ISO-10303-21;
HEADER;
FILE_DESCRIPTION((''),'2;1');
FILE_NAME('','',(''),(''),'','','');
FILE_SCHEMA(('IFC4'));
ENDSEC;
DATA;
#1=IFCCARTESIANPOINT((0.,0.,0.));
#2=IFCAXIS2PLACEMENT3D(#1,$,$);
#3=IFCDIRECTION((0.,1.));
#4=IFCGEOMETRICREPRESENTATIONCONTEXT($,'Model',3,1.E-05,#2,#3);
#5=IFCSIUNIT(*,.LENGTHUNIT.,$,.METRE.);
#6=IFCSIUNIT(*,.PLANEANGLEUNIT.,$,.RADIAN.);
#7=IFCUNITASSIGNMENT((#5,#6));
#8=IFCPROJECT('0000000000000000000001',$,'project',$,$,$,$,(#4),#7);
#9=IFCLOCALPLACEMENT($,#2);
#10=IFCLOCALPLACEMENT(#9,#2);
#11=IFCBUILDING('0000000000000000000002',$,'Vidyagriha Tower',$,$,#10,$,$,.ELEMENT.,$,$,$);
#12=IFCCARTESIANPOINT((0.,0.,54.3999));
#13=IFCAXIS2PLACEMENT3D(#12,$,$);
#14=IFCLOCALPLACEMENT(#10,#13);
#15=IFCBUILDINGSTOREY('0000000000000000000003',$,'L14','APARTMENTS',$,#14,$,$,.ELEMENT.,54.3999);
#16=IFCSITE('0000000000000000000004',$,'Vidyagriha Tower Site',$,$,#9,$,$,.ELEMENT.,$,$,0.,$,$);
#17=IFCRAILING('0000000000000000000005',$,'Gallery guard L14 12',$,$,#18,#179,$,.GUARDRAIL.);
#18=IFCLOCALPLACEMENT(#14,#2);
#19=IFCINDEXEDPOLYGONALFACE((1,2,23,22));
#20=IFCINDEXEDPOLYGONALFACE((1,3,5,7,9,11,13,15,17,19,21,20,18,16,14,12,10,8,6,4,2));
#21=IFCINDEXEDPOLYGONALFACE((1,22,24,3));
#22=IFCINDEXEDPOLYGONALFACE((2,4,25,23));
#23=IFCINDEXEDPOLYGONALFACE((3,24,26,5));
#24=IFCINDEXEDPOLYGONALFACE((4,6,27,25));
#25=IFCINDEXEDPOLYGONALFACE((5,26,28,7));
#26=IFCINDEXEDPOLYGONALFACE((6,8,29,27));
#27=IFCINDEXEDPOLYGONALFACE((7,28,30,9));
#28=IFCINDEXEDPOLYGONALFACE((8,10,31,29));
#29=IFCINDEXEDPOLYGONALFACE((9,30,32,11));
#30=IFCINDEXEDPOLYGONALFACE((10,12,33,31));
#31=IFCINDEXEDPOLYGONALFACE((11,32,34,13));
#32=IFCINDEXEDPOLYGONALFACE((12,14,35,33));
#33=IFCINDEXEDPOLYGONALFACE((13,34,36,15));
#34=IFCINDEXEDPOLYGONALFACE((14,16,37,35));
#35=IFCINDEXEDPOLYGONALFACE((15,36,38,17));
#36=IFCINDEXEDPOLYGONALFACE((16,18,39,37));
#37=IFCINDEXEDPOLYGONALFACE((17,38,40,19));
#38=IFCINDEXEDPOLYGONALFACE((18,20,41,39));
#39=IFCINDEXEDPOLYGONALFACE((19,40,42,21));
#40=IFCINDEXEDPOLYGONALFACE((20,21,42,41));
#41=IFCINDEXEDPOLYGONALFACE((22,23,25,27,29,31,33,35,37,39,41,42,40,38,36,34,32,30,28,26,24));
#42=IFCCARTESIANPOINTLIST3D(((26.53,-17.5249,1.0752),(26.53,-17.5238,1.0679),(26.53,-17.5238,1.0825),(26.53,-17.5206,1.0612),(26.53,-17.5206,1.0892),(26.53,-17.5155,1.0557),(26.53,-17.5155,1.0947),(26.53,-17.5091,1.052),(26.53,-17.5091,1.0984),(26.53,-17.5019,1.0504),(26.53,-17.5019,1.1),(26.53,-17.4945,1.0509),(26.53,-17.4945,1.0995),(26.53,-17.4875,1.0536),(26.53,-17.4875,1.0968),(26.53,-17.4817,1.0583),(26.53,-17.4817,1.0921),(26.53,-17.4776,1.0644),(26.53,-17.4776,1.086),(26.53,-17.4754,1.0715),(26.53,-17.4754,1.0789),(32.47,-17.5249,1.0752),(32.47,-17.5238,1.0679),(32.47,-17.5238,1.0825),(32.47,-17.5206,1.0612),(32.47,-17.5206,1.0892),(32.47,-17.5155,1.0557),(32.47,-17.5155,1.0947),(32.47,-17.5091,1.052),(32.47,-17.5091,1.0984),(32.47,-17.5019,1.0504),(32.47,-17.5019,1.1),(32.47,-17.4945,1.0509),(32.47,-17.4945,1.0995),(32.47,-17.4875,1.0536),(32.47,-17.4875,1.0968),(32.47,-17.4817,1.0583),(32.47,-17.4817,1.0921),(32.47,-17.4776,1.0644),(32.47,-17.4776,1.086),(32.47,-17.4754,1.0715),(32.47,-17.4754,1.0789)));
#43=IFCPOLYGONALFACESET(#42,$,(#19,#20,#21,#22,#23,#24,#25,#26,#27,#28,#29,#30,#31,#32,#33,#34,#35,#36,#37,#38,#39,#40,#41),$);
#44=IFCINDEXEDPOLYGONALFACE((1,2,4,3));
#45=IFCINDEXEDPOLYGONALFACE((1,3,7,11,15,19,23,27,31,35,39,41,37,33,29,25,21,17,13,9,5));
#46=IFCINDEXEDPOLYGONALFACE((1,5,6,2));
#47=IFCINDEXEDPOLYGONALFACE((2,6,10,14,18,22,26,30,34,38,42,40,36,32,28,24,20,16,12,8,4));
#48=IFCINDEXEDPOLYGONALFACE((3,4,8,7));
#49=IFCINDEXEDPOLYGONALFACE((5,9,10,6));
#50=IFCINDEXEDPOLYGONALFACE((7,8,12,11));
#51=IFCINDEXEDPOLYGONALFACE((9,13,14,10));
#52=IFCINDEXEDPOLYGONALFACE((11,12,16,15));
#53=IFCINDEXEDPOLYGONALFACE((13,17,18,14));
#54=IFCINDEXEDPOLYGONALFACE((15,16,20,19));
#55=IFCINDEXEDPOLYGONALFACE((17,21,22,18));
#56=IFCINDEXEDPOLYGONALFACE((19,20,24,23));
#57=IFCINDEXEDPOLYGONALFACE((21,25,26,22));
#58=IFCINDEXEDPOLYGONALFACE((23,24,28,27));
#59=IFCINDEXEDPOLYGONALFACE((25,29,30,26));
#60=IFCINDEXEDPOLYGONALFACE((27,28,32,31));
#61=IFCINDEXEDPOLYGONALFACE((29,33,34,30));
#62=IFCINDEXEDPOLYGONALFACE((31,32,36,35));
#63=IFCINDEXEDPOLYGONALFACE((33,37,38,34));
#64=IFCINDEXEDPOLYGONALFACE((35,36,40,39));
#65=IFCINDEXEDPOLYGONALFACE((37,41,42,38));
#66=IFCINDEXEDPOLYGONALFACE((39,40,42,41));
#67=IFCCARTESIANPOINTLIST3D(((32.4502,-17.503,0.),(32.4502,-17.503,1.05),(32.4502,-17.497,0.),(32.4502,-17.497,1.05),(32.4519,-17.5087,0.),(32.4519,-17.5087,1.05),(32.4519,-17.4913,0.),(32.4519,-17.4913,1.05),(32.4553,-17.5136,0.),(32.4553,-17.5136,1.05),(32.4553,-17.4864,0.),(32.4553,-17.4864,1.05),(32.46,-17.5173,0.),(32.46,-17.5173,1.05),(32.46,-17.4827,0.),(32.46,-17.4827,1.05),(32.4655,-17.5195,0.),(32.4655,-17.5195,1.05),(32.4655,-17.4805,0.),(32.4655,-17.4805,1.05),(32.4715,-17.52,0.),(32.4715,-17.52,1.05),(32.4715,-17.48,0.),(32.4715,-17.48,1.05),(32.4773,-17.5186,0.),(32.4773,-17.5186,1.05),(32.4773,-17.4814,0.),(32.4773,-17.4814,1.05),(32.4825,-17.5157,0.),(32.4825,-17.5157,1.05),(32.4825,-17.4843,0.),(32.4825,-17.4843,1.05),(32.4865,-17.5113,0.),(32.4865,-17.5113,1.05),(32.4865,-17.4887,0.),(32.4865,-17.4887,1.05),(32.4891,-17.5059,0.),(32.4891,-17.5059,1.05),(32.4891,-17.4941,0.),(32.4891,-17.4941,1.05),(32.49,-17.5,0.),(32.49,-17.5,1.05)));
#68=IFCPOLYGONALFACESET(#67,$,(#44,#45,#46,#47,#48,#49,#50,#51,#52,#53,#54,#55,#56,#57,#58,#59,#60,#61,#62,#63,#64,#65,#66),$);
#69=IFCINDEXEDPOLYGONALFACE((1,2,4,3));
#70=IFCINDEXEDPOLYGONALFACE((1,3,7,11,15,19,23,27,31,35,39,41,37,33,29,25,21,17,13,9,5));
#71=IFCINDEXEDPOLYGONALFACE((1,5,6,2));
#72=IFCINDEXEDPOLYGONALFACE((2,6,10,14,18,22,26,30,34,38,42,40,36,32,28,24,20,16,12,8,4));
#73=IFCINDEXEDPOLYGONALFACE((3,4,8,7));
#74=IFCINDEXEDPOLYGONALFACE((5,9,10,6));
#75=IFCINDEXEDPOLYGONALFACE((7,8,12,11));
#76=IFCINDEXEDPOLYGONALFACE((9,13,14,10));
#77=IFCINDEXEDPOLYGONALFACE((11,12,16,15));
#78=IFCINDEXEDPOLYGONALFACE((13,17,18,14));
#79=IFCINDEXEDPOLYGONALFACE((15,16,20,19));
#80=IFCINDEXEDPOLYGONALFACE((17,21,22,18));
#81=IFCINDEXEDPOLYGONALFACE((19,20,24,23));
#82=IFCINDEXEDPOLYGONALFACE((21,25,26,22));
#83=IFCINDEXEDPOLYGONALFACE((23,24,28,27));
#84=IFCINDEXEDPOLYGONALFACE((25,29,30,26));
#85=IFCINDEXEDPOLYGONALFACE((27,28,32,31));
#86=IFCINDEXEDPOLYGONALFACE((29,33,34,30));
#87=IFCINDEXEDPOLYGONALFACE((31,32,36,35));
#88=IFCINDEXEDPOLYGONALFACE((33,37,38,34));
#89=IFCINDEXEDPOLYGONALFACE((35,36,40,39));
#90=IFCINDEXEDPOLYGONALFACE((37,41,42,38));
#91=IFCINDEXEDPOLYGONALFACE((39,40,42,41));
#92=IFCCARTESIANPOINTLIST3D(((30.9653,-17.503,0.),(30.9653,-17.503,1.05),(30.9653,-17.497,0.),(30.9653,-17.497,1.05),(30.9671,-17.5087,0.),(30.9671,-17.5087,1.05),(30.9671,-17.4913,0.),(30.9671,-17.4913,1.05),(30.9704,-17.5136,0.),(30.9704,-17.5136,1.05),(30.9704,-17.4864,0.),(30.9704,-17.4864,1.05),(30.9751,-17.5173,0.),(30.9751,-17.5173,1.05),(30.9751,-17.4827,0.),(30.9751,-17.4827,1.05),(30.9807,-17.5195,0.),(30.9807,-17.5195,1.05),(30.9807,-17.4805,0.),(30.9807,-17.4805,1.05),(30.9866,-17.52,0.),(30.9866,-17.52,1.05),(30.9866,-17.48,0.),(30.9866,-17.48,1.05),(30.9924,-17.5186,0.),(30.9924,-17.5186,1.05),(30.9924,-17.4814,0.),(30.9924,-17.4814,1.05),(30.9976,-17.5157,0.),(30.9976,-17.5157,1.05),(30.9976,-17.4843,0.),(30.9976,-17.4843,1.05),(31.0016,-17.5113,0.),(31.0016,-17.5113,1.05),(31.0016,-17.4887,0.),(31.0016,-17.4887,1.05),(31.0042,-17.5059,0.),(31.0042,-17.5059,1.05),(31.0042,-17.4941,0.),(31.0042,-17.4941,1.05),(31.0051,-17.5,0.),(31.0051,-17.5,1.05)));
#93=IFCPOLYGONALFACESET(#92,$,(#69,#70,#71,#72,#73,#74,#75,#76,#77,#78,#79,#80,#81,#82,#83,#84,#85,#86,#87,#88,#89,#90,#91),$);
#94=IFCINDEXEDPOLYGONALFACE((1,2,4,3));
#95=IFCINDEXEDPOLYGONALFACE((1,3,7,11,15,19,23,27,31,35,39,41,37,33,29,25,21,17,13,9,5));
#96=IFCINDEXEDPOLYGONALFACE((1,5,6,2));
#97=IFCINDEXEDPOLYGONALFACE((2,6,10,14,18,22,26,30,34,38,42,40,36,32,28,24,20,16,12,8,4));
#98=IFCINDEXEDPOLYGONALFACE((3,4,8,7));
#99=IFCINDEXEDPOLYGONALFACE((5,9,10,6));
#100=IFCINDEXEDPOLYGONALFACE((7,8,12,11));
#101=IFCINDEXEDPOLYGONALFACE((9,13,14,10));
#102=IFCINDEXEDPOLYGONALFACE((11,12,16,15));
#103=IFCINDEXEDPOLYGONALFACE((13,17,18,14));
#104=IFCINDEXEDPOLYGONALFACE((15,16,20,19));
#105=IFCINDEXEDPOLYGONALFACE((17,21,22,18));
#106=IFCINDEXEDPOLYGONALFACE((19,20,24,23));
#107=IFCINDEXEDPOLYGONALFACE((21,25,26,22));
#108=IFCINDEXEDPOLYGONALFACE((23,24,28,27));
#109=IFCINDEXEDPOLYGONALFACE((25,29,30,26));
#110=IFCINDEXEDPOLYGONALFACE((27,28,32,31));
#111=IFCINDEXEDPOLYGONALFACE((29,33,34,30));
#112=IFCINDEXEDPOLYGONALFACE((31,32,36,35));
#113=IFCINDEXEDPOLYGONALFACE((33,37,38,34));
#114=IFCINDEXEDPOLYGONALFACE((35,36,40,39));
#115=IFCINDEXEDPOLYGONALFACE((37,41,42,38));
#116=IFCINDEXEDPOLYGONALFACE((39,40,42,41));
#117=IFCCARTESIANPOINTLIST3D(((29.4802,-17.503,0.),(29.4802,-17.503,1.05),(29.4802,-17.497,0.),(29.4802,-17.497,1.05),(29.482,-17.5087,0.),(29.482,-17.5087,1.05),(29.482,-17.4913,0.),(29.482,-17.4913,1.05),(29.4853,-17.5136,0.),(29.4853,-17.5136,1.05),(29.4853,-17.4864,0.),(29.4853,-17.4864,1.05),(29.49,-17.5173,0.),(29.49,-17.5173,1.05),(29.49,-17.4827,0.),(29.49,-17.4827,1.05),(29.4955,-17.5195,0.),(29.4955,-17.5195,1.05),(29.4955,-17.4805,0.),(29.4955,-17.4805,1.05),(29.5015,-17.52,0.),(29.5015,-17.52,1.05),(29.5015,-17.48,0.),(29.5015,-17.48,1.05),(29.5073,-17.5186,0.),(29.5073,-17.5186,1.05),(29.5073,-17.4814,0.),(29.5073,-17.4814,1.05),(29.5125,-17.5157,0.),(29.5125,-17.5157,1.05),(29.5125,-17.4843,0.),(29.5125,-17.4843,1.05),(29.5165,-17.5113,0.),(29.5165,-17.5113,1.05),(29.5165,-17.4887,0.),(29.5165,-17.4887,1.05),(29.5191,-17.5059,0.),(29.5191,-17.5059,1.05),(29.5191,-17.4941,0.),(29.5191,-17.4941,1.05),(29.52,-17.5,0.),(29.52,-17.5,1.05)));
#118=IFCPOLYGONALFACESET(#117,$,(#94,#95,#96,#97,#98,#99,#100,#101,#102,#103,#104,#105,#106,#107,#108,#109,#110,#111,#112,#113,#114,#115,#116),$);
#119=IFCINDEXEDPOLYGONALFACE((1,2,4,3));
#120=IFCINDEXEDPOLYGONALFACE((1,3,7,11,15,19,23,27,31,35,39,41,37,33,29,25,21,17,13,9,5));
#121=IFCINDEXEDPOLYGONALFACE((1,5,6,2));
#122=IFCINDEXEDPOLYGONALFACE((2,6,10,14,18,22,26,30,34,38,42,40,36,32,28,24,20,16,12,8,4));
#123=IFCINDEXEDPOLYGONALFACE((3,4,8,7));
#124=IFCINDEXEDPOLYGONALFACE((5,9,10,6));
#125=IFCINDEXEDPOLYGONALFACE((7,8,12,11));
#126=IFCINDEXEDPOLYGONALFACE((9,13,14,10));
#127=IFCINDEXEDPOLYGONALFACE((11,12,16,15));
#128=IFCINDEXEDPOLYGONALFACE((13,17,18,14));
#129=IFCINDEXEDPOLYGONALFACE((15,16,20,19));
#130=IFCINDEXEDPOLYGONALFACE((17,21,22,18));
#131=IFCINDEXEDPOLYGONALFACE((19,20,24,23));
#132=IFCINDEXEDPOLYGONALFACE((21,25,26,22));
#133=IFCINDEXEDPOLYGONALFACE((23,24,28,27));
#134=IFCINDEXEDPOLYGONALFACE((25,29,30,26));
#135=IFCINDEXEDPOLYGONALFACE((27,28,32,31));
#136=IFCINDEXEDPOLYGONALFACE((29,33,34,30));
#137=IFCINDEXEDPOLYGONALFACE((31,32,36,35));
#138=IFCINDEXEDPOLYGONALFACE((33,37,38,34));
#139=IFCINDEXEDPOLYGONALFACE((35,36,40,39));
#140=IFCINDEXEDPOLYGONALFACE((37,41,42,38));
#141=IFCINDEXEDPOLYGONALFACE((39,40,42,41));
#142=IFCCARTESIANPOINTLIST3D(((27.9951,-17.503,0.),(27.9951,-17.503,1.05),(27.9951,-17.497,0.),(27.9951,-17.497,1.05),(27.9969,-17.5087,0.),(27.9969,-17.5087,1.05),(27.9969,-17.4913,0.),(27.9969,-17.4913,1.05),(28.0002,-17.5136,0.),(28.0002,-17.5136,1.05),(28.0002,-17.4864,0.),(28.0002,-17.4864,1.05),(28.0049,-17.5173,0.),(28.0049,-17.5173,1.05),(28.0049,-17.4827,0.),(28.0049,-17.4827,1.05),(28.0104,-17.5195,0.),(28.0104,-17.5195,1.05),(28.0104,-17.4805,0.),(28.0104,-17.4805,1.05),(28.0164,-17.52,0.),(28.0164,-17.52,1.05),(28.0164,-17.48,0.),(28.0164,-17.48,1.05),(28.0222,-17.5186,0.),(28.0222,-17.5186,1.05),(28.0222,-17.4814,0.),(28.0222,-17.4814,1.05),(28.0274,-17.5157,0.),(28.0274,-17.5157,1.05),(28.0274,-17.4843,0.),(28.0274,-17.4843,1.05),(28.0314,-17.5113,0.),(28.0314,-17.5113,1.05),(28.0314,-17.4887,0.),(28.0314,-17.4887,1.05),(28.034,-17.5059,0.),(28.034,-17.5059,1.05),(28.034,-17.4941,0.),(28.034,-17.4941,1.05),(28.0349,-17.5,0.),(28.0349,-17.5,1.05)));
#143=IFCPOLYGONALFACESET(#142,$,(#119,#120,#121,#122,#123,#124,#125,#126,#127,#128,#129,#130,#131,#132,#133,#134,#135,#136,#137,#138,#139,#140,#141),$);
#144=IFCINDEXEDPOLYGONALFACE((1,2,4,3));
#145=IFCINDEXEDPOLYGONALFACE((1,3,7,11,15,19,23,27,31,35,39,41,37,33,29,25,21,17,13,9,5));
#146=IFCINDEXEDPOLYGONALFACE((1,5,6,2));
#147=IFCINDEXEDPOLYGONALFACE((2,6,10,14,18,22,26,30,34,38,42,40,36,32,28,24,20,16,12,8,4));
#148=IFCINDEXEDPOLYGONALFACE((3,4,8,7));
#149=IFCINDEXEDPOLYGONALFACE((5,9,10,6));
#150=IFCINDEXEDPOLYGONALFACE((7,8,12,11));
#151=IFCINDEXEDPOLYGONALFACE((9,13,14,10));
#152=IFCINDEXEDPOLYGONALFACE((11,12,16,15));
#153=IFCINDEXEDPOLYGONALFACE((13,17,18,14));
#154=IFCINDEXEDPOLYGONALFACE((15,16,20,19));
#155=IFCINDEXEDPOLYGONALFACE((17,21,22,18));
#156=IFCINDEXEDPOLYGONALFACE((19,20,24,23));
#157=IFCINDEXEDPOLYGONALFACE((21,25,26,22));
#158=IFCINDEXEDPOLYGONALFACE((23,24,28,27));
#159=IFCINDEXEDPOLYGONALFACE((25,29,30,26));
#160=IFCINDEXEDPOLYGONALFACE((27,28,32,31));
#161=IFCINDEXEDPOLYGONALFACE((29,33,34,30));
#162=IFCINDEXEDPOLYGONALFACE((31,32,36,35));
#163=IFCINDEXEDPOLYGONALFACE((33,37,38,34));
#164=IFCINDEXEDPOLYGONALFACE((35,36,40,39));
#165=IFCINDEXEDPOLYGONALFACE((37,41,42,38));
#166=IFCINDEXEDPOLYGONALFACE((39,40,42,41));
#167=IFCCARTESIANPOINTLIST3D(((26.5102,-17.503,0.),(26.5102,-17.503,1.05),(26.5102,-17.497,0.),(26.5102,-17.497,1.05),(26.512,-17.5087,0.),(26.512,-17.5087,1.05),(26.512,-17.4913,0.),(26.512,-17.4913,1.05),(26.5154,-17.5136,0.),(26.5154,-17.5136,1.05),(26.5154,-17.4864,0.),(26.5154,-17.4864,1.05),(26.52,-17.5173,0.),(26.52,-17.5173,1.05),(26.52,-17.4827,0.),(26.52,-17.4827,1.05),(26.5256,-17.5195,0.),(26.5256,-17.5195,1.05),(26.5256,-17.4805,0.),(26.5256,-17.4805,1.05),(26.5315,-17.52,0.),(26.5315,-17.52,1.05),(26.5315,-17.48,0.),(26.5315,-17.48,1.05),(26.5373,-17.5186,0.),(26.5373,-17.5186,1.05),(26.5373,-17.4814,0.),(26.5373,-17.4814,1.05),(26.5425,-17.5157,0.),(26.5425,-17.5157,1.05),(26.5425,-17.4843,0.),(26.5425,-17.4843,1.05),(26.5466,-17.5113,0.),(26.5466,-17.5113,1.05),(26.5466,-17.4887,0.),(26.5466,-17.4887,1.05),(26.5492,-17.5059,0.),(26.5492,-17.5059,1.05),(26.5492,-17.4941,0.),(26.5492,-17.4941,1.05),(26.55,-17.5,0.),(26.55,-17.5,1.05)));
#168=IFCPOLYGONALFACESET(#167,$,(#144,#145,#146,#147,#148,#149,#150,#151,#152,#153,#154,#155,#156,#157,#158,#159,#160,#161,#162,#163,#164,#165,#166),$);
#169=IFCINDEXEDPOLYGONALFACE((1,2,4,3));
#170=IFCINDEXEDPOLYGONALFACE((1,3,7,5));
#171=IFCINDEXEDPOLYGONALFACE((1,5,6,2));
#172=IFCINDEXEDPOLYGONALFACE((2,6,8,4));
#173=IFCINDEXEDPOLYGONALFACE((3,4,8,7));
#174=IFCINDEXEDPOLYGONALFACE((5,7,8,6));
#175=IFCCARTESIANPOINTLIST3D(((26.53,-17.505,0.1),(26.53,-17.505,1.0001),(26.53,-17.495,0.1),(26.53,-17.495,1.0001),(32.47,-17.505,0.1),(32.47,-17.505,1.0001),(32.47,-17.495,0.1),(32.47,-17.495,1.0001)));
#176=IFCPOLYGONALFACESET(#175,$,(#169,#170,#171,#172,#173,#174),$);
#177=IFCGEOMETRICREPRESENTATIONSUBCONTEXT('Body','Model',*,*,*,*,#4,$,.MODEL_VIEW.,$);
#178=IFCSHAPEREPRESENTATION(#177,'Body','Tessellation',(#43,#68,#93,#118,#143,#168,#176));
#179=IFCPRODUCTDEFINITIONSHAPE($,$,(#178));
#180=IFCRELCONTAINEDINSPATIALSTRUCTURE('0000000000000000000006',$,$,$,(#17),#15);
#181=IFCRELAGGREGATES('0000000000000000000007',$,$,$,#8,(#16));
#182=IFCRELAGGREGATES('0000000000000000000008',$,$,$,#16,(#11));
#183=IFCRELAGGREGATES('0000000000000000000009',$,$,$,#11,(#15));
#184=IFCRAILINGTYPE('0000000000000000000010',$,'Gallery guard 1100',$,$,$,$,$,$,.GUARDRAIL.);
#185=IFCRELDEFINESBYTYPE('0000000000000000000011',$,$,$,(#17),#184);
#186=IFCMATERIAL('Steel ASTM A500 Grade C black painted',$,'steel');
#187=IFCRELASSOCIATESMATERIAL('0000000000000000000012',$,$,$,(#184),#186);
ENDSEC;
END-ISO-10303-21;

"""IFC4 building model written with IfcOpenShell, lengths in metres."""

from ifc_helpers import new_model, si_unit, direction, frame, origin, origin_2d, place, context, subcontext, project, spatial, rectangle, circle, extrude, material, type_object, element, save


model = new_model("IFC4")

# Units and contexts
model_context = context("Model", 3, precision=1e-05, world=origin(), true_north=direction((0.0, 1.0)))
body_context = subcontext(model_context, "Body", "Model", "MODEL_VIEW")
ifc_project = project(units=[si_unit("LENGTHUNIT", "METRE"), si_unit("PLANEANGLEUNIT", "RADIAN")], contexts=[model_context])

# Site, building, storey
site_placement = place(None, origin())
site = spatial("IfcSite", under=ifc_project, at=site_placement, Name="Vidyagriha Tower Site", CompositionType="ELEMENT", RefElevation=0.0)
building_placement = place(site_placement, origin())
building = spatial("IfcBuilding", under=site, at=building_placement, Name="Vidyagriha Tower", CompositionType="ELEMENT")
storey_placement = place(building_placement, frame((0.0, 0.0, 54.3999)))
storey = spatial("IfcBuildingStorey", under=building, at=storey_placement, Name="L14", Description="APARTMENTS", CompositionType="ELEMENT", Elevation=54.3999)

# Railing
ifc_material_1 = material(Name="Steel ASTM A500 Grade C black painted", Category="steel")
railing_type = type_object("IfcRailingType", Name="Gallery guard 1100", PredefinedType="GUARDRAIL", material=ifc_material_1)
railing_1_placement = place(storey_placement, frame((32.47, -17.5, 0.0)))
element("IfcRailing", 1, at=railing_1_placement, inside=storey, type_object=railing_type, Name="Gallery guard L14 12", PredefinedType="GUARDRAIL", context=body_context, shape_type="SweptSolid", body=[
    extrude(circle(Radius=0.0249, at=origin_2d()), frame((0.0, 0.0, 1.0752), z_axis=(-1.0, 0.0, 0.0), x_axis=(0.0, -1.0, 0.0)), (0.0, 0.0, 1.0), 5.9399),
    extrude(circle(Radius=0.02, at=origin_2d()), origin(), (0.0, 0.0, 1.0), 1.05),
    extrude(circle(Radius=0.02, at=origin_2d()), frame((-1.4849, 0.0, 0.0)), (0.0, 0.0, 1.0), 1.05),
    extrude(circle(Radius=0.02, at=origin_2d()), frame((-2.97, 0.0, 0.0)), (0.0, 0.0, 1.0), 1.05),
    extrude(circle(Radius=0.02, at=origin_2d()), frame((-4.4551, 0.0, 0.0)), (0.0, 0.0, 1.0), 1.05),
    extrude(circle(Radius=0.02, at=origin_2d()), frame((-5.9399, 0.0, 0.0)), (0.0, 0.0, 1.0), 1.05),
    extrude(rectangle(XDim=0.01, YDim=0.9001, at=origin_2d()), frame((0.0, 0.0, 0.55), z_axis=(-1.0, 0.0, 0.0), x_axis=(0.0, -1.0, 0.0)), (0.0, 0.0, 1.0), 5.9399),
])

save(model, "model.ifc")
